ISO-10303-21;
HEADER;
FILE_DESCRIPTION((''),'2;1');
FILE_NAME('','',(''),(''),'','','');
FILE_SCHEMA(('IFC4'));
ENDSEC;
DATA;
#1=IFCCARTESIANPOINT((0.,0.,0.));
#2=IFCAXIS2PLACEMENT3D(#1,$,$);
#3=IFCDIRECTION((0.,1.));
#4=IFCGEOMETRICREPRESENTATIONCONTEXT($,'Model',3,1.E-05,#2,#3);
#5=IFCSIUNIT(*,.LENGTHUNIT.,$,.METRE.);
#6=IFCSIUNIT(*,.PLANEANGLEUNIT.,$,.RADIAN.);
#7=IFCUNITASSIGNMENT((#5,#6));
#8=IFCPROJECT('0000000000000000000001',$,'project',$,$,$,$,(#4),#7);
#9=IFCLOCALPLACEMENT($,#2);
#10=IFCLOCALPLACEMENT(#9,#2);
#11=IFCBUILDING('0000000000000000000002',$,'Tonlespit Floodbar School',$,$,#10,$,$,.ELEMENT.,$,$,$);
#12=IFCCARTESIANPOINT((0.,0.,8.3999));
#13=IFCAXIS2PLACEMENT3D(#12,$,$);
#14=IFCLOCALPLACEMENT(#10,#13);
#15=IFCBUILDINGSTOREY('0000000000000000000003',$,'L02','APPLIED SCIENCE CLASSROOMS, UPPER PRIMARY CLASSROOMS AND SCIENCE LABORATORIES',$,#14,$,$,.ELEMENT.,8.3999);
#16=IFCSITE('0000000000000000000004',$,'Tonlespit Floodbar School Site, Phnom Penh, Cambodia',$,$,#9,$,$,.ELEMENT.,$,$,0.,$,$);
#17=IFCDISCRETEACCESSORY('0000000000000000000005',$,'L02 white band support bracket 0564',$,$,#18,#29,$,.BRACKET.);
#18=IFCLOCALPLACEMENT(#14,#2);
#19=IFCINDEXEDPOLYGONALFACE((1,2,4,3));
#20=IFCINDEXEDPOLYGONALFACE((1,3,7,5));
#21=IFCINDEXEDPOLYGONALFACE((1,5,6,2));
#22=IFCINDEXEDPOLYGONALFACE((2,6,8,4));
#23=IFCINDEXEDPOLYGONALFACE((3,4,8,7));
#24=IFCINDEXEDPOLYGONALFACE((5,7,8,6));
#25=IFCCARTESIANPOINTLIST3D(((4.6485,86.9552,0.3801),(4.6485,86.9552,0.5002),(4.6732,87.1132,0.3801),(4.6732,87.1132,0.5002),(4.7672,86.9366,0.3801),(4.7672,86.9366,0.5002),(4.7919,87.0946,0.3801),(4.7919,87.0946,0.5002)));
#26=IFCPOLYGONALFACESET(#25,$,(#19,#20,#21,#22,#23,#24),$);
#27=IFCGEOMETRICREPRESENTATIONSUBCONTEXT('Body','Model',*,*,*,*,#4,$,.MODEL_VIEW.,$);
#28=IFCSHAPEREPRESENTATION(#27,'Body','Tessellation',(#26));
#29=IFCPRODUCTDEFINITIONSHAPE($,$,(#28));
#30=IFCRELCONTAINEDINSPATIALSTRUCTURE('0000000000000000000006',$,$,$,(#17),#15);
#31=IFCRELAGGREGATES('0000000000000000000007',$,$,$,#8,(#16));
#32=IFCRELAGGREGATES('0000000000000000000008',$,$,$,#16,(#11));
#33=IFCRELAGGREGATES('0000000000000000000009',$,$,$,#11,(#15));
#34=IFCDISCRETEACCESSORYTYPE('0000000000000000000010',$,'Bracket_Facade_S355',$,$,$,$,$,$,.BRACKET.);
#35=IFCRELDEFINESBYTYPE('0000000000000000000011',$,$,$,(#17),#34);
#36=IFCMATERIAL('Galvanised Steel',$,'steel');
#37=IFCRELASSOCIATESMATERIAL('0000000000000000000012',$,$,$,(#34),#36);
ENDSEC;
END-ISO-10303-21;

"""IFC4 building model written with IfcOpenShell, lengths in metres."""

from ifc_helpers import new_model, si_unit, direction, frame, origin, origin_2d, place, context, subcontext, project, spatial, rectangle, extrude, material, type_object, element, save


model = new_model("IFC4")

# Units and contexts
model_context = context("Model", 3, precision=1e-05, world=origin(), true_north=direction((0.0, 1.0)))
body_context = subcontext(model_context, "Body", "Model", "MODEL_VIEW")
ifc_project = project(units=[si_unit("LENGTHUNIT", "METRE"), si_unit("PLANEANGLEUNIT", "RADIAN")], contexts=[model_context])

# Site, building, storey
site_placement = place(None, origin())
site = spatial("IfcSite", under=ifc_project, at=site_placement, Name="Tonlespit Floodbar School Site, Phnom Penh, Cambodia", CompositionType="ELEMENT", RefElevation=0.0)
building_placement = place(site_placement, origin())
building = spatial("IfcBuilding", under=site, at=building_placement, Name="Tonlespit Floodbar School", CompositionType="ELEMENT")
storey_placement = place(building_placement, frame((0.0, 0.0, 8.3999)))
storey = spatial("IfcBuildingStorey", under=building, at=storey_placement, Name="L02", Description="APPLIED SCIENCE CLASSROOMS, UPPER PRIMARY CLASSROOMS AND SCIENCE LABORATORIES", CompositionType="ELEMENT", Elevation=8.3999)

# Discrete accessory
ifc_material_1 = material(Name="Galvanised Steel", Category="steel")
discrete_accessory_type = type_object("IfcDiscreteAccessoryType", Name="Bracket_Facade_S355", PredefinedType="BRACKET", material=ifc_material_1)
discrete_accessory_1_placement = place(storey_placement, frame((4.7202, 87.0249, 0.3801), z_axis=(0.0, 0.0, 1.0), x_axis=(0.154714, 0.987959, 0.0)))
element("IfcDiscreteAccessory", 1, at=discrete_accessory_1_placement, inside=storey, type_object=discrete_accessory_type, Name="L02 white band support bracket 0564", PredefinedType="BRACKET", context=body_context, shape_type="SweptSolid", body=[
    extrude(rectangle(XDim=0.1599, YDim=0.1201, at=origin_2d()), origin(), (0.0, 0.0, 1.0), 0.1201),
])

save(model, "model.ifc")
